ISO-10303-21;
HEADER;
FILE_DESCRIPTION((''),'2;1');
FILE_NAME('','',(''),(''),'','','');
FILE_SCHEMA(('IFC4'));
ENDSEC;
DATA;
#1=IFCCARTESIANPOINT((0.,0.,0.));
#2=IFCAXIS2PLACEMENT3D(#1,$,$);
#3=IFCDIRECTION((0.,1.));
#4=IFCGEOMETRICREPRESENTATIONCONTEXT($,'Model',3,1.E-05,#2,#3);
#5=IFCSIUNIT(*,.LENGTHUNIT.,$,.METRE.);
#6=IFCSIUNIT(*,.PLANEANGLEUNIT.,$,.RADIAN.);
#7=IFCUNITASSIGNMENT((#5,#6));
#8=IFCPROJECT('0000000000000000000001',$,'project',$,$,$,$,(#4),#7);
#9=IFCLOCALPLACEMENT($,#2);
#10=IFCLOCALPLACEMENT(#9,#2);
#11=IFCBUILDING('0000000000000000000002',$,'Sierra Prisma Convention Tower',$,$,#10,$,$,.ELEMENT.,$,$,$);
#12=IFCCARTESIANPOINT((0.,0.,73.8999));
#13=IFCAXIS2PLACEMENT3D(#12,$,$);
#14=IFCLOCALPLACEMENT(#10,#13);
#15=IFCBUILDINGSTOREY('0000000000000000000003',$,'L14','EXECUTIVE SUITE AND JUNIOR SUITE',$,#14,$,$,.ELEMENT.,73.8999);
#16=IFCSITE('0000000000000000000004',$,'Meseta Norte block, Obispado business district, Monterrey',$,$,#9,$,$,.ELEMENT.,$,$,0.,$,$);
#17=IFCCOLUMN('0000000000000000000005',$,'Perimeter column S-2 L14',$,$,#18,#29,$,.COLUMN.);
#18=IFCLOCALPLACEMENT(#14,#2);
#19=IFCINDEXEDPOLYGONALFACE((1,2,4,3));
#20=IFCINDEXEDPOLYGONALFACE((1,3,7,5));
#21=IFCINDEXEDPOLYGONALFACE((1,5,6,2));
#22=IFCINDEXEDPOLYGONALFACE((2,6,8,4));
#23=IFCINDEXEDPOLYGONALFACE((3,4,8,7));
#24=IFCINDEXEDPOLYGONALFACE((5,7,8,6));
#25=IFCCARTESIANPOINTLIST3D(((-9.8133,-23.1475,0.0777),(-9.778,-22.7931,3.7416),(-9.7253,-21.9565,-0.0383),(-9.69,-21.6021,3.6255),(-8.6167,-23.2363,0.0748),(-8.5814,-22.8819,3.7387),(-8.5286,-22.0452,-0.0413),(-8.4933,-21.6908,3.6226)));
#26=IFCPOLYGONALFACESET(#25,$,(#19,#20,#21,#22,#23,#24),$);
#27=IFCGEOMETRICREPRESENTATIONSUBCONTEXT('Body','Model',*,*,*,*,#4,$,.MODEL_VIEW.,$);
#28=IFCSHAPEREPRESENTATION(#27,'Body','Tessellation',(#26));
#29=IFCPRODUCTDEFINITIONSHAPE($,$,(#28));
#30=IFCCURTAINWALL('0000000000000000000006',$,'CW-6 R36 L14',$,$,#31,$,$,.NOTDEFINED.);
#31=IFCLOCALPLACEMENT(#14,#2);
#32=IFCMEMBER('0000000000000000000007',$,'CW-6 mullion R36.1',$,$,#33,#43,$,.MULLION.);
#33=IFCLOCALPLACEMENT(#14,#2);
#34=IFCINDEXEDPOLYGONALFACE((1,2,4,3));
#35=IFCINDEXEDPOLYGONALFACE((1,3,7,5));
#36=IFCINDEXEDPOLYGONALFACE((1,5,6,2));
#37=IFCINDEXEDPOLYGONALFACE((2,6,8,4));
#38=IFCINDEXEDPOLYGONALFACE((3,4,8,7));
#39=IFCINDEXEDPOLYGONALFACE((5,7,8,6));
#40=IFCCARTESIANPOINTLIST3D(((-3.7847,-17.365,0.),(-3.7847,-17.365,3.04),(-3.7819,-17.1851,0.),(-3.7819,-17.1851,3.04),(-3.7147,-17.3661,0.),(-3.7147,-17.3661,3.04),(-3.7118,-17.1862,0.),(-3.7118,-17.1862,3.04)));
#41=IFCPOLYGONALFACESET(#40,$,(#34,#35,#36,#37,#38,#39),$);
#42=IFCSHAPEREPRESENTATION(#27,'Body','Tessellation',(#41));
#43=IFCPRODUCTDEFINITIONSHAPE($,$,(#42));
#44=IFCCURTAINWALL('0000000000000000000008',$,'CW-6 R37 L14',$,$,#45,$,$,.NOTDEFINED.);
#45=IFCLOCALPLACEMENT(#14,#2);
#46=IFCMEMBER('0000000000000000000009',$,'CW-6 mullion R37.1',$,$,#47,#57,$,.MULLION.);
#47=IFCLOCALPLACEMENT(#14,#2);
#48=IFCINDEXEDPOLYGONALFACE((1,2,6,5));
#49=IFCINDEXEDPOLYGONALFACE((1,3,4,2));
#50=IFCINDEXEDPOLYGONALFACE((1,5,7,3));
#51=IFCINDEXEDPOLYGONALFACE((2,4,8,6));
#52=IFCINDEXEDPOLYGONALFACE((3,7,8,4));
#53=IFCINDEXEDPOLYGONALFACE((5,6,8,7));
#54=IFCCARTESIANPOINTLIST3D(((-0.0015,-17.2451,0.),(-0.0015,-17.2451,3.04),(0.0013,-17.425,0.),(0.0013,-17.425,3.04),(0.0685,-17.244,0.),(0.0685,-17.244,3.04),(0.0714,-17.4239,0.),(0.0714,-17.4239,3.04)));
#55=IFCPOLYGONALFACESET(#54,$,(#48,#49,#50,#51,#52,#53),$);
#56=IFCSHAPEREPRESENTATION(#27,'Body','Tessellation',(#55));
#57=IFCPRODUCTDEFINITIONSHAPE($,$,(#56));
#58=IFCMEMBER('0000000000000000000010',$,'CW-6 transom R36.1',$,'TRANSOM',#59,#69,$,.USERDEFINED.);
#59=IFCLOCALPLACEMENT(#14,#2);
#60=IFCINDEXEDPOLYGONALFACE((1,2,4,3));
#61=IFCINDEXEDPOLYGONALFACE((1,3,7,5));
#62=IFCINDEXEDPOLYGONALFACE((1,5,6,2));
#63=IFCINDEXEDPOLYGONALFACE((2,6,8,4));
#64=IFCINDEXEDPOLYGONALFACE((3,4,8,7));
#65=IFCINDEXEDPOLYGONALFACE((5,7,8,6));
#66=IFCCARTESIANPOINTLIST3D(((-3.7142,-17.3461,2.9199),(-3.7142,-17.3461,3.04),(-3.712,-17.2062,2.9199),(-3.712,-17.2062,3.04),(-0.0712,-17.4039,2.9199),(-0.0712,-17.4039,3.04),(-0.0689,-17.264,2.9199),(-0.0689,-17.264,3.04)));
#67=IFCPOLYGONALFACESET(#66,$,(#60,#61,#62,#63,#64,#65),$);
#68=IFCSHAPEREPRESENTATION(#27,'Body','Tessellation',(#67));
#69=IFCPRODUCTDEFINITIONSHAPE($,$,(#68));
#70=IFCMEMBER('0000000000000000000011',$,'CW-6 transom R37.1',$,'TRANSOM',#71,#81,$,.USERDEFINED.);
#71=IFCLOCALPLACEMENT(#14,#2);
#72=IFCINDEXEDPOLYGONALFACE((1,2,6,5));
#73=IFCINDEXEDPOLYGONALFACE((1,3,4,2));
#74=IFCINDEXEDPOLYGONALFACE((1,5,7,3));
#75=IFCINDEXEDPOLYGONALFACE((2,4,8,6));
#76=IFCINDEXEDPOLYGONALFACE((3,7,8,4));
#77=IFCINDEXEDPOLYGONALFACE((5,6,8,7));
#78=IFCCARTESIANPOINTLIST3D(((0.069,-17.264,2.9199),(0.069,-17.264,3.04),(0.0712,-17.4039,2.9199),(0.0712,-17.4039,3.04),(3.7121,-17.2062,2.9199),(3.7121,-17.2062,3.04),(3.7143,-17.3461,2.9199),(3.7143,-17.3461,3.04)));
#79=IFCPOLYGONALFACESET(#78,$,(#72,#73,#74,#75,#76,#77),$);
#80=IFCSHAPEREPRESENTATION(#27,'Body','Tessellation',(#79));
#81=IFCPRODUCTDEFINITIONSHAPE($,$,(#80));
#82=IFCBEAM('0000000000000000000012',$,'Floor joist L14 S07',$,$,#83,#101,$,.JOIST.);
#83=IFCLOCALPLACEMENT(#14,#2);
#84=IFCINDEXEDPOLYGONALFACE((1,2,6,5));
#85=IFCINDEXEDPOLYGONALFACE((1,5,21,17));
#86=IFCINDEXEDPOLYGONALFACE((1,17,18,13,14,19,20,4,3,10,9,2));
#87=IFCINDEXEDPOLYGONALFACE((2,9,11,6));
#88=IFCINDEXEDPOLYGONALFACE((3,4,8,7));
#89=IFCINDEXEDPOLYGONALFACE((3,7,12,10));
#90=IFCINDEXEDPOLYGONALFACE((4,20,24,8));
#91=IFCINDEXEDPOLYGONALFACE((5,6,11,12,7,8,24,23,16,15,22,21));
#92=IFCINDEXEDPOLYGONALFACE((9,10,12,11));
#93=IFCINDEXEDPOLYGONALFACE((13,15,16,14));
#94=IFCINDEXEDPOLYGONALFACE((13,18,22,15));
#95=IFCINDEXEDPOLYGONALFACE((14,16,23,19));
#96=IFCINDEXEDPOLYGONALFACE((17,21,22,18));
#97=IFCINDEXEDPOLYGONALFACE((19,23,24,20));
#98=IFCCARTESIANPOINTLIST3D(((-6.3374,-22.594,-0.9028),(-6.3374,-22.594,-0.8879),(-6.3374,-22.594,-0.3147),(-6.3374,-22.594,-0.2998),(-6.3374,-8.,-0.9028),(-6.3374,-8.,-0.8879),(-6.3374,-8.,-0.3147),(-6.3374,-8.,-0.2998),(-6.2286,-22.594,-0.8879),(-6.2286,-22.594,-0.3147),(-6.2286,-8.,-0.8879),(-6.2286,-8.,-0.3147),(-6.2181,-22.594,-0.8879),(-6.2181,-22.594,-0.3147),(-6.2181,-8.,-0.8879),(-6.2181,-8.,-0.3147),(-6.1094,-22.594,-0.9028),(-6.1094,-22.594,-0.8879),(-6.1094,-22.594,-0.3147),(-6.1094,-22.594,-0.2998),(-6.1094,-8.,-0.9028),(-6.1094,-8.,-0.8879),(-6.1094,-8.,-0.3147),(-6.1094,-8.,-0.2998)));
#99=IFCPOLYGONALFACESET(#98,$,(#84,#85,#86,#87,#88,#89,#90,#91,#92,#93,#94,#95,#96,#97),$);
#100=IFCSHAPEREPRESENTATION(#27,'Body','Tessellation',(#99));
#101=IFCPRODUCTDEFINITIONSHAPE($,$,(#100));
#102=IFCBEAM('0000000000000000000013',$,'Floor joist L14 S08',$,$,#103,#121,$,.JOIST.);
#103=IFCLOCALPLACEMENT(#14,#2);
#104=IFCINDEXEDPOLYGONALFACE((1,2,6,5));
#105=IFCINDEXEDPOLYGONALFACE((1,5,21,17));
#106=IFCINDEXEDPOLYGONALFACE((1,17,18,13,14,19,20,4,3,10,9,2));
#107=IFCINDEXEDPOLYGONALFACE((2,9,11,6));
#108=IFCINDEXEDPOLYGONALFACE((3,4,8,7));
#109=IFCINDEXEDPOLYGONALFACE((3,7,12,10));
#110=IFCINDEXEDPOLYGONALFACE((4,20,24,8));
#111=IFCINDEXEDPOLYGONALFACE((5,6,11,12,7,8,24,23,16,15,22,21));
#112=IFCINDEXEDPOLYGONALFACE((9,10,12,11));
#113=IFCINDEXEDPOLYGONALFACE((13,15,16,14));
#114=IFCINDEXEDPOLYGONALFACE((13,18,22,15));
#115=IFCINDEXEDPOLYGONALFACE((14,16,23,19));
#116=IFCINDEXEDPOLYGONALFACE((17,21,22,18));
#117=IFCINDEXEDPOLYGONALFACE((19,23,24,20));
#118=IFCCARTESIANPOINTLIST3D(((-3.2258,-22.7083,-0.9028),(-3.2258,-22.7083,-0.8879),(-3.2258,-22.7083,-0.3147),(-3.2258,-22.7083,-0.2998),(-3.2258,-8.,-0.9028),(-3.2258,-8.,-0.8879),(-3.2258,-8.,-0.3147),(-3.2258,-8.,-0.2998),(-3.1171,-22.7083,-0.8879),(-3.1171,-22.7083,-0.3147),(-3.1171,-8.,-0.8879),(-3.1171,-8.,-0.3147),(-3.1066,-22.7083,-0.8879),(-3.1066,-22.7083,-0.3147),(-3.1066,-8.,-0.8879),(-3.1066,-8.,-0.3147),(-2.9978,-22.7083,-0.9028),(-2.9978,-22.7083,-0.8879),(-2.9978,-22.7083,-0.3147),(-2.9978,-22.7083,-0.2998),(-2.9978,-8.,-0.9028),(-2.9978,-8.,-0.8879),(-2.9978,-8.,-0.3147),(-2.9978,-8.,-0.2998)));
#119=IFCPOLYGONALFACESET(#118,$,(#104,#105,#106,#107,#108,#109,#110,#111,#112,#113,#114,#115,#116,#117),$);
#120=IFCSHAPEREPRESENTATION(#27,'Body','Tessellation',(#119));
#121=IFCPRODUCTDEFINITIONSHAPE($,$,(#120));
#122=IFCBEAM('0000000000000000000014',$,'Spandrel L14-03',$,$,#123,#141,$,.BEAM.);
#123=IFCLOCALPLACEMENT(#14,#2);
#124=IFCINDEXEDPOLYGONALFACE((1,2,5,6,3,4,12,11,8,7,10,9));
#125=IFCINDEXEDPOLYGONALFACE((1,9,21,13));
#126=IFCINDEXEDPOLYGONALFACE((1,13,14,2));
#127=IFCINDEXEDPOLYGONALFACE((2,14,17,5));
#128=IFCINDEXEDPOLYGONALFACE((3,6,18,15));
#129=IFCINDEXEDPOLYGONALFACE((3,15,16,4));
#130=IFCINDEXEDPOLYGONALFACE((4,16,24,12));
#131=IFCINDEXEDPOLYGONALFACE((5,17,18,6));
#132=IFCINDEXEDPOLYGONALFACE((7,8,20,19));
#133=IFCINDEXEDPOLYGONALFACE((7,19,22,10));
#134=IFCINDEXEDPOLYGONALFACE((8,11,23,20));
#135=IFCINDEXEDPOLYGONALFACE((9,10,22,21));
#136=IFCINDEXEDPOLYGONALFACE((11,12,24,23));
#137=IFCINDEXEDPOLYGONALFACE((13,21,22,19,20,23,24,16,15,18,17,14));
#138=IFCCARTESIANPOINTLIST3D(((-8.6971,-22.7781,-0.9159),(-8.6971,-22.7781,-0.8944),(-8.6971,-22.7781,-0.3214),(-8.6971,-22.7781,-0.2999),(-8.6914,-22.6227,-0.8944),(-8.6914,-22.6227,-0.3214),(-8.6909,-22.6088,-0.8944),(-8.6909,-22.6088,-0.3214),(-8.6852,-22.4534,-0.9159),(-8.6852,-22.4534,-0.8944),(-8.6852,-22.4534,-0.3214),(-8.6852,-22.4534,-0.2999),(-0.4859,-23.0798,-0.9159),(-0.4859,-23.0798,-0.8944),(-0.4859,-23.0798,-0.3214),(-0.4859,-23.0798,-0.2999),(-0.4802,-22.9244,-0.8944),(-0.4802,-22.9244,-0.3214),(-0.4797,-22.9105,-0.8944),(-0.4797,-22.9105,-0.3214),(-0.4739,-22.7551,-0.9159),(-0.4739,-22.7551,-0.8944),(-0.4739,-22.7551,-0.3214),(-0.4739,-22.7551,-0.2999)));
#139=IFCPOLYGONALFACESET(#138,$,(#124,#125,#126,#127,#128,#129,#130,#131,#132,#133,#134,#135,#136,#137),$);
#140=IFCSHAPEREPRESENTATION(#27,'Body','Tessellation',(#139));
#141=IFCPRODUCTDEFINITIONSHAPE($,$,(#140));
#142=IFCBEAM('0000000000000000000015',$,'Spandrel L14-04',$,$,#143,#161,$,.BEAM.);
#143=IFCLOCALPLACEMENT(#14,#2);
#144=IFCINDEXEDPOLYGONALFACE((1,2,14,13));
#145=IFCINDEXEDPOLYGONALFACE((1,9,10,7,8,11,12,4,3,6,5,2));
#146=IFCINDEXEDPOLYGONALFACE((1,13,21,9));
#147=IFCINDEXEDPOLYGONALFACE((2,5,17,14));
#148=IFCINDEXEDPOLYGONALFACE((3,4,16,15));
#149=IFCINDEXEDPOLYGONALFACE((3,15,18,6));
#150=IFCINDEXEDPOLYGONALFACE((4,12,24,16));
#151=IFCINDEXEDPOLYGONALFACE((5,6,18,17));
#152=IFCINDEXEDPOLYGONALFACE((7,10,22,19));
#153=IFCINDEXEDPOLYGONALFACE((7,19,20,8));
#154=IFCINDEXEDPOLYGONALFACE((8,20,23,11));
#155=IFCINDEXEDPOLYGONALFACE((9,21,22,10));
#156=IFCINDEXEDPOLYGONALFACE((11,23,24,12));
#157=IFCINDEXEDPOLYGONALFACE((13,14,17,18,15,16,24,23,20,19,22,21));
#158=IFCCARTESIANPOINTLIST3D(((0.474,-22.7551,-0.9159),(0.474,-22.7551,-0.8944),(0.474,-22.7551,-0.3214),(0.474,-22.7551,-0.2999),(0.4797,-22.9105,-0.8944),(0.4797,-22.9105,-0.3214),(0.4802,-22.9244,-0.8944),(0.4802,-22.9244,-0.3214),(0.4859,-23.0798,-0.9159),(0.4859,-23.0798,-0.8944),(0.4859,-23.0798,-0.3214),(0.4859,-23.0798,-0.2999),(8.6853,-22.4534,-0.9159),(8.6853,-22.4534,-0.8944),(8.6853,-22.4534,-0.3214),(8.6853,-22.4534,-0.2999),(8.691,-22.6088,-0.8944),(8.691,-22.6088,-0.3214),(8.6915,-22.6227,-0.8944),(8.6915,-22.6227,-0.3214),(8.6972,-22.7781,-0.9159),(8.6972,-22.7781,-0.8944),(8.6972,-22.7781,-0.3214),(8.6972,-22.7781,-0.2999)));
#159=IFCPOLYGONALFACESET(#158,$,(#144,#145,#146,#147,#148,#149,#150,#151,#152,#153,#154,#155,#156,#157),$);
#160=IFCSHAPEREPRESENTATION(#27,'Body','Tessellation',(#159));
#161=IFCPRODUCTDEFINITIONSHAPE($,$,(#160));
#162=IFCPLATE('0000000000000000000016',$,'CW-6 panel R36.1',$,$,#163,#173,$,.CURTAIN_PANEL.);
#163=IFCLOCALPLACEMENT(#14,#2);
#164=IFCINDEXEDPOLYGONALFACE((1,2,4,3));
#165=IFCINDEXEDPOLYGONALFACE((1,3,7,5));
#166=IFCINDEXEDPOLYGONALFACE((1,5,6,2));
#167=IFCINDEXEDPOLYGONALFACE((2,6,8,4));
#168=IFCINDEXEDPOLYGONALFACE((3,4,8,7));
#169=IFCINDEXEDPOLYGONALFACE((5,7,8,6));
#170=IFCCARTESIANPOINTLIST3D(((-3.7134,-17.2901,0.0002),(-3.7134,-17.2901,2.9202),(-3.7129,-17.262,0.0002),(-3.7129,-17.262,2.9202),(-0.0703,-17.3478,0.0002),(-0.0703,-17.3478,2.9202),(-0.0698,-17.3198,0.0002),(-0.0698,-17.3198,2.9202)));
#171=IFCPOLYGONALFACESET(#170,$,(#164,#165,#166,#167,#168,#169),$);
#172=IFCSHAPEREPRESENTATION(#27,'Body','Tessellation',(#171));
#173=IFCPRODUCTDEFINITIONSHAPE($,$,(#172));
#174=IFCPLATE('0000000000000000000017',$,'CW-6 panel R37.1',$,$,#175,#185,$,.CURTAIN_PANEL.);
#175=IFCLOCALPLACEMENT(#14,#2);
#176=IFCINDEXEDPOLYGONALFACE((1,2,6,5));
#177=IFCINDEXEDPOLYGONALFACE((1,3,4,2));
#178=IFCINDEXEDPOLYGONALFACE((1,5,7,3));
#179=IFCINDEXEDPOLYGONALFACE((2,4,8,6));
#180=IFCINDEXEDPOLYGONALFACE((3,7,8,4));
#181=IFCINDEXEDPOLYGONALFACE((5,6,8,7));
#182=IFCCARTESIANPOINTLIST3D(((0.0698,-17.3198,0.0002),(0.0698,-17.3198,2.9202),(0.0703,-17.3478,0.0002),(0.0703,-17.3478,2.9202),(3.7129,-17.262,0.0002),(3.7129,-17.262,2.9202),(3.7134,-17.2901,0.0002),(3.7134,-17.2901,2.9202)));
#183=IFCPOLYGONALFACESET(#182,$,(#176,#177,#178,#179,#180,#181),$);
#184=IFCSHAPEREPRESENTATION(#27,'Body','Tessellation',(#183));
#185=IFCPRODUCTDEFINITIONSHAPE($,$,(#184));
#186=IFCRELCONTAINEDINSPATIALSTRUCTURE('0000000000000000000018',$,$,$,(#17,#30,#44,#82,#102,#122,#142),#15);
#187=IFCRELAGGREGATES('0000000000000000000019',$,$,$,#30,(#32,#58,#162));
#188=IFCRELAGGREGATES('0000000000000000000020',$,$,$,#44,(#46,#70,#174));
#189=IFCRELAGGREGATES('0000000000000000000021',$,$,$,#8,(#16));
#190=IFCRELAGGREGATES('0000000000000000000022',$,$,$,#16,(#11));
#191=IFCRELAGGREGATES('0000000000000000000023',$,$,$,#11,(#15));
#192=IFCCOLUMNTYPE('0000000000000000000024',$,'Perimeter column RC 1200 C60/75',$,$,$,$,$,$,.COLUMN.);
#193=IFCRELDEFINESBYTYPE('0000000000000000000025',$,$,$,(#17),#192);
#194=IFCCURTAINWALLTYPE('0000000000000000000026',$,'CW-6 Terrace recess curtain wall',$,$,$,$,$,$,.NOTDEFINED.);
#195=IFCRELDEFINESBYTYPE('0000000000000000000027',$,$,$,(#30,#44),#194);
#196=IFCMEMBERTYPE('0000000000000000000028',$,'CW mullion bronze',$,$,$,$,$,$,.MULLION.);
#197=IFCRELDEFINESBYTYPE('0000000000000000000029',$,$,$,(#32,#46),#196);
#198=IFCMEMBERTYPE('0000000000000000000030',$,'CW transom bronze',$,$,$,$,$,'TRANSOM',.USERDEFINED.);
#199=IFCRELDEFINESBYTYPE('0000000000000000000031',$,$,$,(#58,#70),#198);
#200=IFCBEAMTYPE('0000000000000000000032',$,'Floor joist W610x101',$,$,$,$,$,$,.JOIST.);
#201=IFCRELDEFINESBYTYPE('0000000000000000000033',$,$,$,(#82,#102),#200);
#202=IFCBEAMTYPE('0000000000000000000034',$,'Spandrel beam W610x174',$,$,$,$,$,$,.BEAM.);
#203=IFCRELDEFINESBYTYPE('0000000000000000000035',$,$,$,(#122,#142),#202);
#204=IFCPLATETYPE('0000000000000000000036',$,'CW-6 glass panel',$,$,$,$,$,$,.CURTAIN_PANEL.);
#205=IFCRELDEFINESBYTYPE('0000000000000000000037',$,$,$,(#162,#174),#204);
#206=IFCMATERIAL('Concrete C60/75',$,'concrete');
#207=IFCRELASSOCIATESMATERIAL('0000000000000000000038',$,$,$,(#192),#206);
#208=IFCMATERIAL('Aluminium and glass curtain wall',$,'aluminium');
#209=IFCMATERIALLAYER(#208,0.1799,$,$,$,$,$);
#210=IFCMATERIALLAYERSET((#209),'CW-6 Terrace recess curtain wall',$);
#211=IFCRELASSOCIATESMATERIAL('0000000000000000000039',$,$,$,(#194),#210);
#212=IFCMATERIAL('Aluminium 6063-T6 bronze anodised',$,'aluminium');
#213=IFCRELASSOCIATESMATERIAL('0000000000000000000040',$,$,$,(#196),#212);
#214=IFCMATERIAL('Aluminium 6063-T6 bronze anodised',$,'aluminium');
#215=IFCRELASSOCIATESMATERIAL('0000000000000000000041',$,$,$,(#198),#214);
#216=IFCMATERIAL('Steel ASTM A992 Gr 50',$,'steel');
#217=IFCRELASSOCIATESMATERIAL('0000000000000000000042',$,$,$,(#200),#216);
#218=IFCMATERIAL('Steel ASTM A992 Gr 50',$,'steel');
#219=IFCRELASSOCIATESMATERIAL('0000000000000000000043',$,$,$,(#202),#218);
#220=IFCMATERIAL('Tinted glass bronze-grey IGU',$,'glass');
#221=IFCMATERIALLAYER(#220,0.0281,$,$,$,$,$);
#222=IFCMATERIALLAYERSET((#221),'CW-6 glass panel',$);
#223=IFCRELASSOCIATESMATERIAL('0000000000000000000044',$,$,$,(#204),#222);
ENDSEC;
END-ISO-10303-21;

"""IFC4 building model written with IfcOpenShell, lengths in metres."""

from ifc_helpers import new_model, si_unit, direction, frame, origin, origin_2d, place, context, subcontext, project, spatial, rectangle, i_section, extrude, clip, halfspace, material, layer, layer_set, material_profile, profile_set, type_object, element, aggregate, save


model = new_model("IFC4")

# Units and contexts
model_context = context("Model", 3, precision=1e-05, world=origin(), true_north=direction((0.0, 1.0)))
body_context = subcontext(model_context, "Body", "Model", "MODEL_VIEW")
ifc_project = project(units=[si_unit("LENGTHUNIT", "METRE"), si_unit("PLANEANGLEUNIT", "RADIAN")], contexts=[model_context])

# Site, building, storey
site_placement = place(None, origin())
site = spatial("IfcSite", under=ifc_project, at=site_placement, Name="Meseta Norte block, Obispado business district, Monterrey", CompositionType="ELEMENT", RefElevation=0.0)
building_placement = place(site_placement, origin())
building = spatial("IfcBuilding", under=site, at=building_placement, Name="Sierra Prisma Convention Tower", CompositionType="ELEMENT")
storey_placement = place(building_placement, frame((0.0, 0.0, 73.8999)))
storey = spatial("IfcBuildingStorey", under=building, at=storey_placement, Name="L14", Description="EXECUTIVE SUITE AND JUNIOR SUITE", CompositionType="ELEMENT", Elevation=73.8999)

# Column
ifc_material_1 = material(Name="Concrete C60/75", Category="concrete")
ifc_material_profile_1 = material_profile(ifc_material_1, rectangle(XDim=1.2, YDim=1.2, at=origin_2d()), Name="Perimeter column RC 1200 C60/75")
ifc_profile_set_1 = profile_set([ifc_material_profile_1], Name="Concrete C60/75")
column_type = type_object("IfcColumnType", Name="Perimeter column RC 1200 C60/75", PredefinedType="COLUMN", material=ifc_profile_set_1)
column_1_placement = place(storey_placement, frame((-9.1711, -22.5981, 0.0), z_axis=(0.009588, 0.096274, 0.995309), x_axis=(-0.997257, 0.073971, 0.002452)))
element("IfcColumn", 1, at=column_1_placement, inside=storey, type_object=column_type, Name="Perimeter column S-2 L14", PredefinedType="COLUMN", context=body_context, shape_type="SweptSolid", body=[
    clip(clip(extrude(rectangle(XDim=1.2, YDim=1.2, at=origin_2d()), origin(), (0.0, 0.0, 1.0), 3.7175), halfspace(frame((0.0, 0.0, 0.0183)), True)), halfspace(frame((0.0, 0.0, 3.6995)), False)),
])

# Curtain walls, members
ifc_material_2 = material(Name="Aluminium and glass curtain wall", Category="aluminium")
ifc_layer_1 = layer(ifc_material_2, 0.1799)
ifc_layer_set_1 = layer_set([ifc_layer_1], Name="CW-6 Terrace recess curtain wall")
curtain_wall_type = type_object("IfcCurtainWallType", Name="CW-6 Terrace recess curtain wall", PredefinedType="NOTDEFINED", material=ifc_layer_set_1)
curtain_wall_1_placement = place(storey_placement, origin())
curtain_wall_1 = element("IfcCurtainWall", 2, at=curtain_wall_1_placement, inside=storey, type_object=curtain_wall_type, Name="CW-6 R36 L14", PredefinedType="NOTDEFINED")
ifc_material_3 = material(Name="Aluminium 6063-T6 bronze anodised", Category="aluminium")
ifc_material_profile_2 = material_profile(ifc_material_3, rectangle(XDim=0.1799, YDim=0.0701, at=origin_2d()), Name="ALU MULLION 70x180")
ifc_profile_set_2 = profile_set([ifc_material_profile_2], Name="Aluminium 6063-T6 bronze anodised")
member_type_1 = type_object("IfcMemberType", Name="CW mullion bronze", PredefinedType="MULLION", material=ifc_profile_set_2)
member_1_placement = place(storey_placement, frame((-3.7483, -17.2756, 0.0), z_axis=(0.0, 0.0, 1.0), x_axis=(0.01585, 0.999874, 0.0)))
member_1 = element("IfcMember", 3, at=member_1_placement, type_object=member_type_1, Name="CW-6 mullion R36.1", PredefinedType="MULLION", context=body_context, shape_type="SweptSolid", body=[
    extrude(rectangle(XDim=0.1799, YDim=0.0701, at=origin_2d()), origin(), (0.0, 0.0, 1.0), 3.04),
])
curtain_wall_2_placement = place(storey_placement, origin())
curtain_wall_2 = element("IfcCurtainWall", 4, at=curtain_wall_2_placement, inside=storey, type_object=curtain_wall_type, Name="CW-6 R37 L14", PredefinedType="NOTDEFINED")
member_2_placement = place(storey_placement, frame((0.0349, -17.3345, 0.0), z_axis=(0.0, 0.0, 1.0), x_axis=(-0.01585, 0.999874, 0.0)))
member_2 = element("IfcMember", 5, at=member_2_placement, type_object=member_type_1, Name="CW-6 mullion R37.1", PredefinedType="MULLION", context=body_context, shape_type="SweptSolid", body=[
    extrude(rectangle(XDim=0.1799, YDim=0.0701, at=origin_2d()), origin(), (0.0, 0.0, 1.0), 3.04),
])

# Members
ifc_material_4 = material(Name="Aluminium 6063-T6 bronze anodised", Category="aluminium")
ifc_material_profile_3 = material_profile(ifc_material_4, rectangle(XDim=0.1399, YDim=0.1201, at=origin_2d()), Name="ALU TRANSOM 120x140")
ifc_profile_set_3 = profile_set([ifc_material_profile_3], Name="Aluminium 6063-T6 bronze anodised")
member_type_2 = type_object("IfcMemberType", Name="CW transom bronze", ElementType="TRANSOM", PredefinedType="USERDEFINED", material=ifc_profile_set_3)
member_3_placement = place(storey_placement, frame((-3.7131, -17.2761, 2.98), z_axis=(0.999874, -0.015881, 0.0), x_axis=(0.015881, 0.999874, 0.0)))
member_3 = element("IfcMember", 6, at=member_3_placement, type_object=member_type_2, Name="CW-6 transom R36.1", ObjectType="TRANSOM", PredefinedType="USERDEFINED", context=body_context, shape_type="SweptSolid", body=[
    extrude(rectangle(XDim=0.1399, YDim=0.1201, at=origin_2d()), origin(), (0.0, 0.0, 1.0), 3.6436),
])
member_4_placement = place(storey_placement, frame((0.0701, -17.334, 2.98), z_axis=(0.999874, 0.015881, 0.0), x_axis=(-0.015881, 0.999874, 0.0)))
member_4 = element("IfcMember", 7, at=member_4_placement, type_object=member_type_2, Name="CW-6 transom R37.1", ObjectType="TRANSOM", PredefinedType="USERDEFINED", context=body_context, shape_type="SweptSolid", body=[
    extrude(rectangle(XDim=0.1399, YDim=0.1201, at=origin_2d()), origin(), (0.0, 0.0, 1.0), 3.6436),
])

# Beams
ifc_material_5 = material(Name="Steel ASTM A992 Gr 50", Category="steel")
ifc_material_profile_4 = material_profile(ifc_material_5, i_section(OverallWidth=0.228, OverallDepth=0.603, WebThickness=0.0105, FlangeThickness=0.0149, at=origin_2d()), Name="W610x101")
ifc_profile_set_4 = profile_set([ifc_material_profile_4], Name="Steel ASTM A992 Gr 50")
beam_type_1 = type_object("IfcBeamType", Name="Floor joist W610x101", PredefinedType="JOIST", material=ifc_profile_set_4)
beam_1_placement = place(storey_placement, frame((-6.2234, -22.594, -0.6013), z_axis=(0.0, 1.0, 0.0), x_axis=(-1.0, 0.0, 0.0)))
element("IfcBeam", 8, at=beam_1_placement, inside=storey, type_object=beam_type_1, Name="Floor joist L14 S07", PredefinedType="JOIST", context=body_context, shape_type="SweptSolid", body=[
    extrude(i_section(OverallWidth=0.228, OverallDepth=0.603, WebThickness=0.0105, FlangeThickness=0.0149, at=origin_2d()), origin(), (0.0, 0.0, 1.0), 14.594),
])
beam_2_placement = place(storey_placement, frame((-3.1118, -22.7083, -0.6013), z_axis=(0.0, 1.0, 0.0), x_axis=(-1.0, 0.0, 0.0)))
element("IfcBeam", 9, at=beam_2_placement, inside=storey, type_object=beam_type_1, Name="Floor joist L14 S08", PredefinedType="JOIST", context=body_context, shape_type="SweptSolid", body=[
    extrude(i_section(OverallWidth=0.228, OverallDepth=0.603, WebThickness=0.0105, FlangeThickness=0.0149, at=origin_2d()), origin(), (0.0, 0.0, 1.0), 14.7083),
])
ifc_material_6 = material(Name="Steel ASTM A992 Gr 50", Category="steel")
ifc_material_profile_5 = material_profile(ifc_material_6, i_section(OverallWidth=0.325, OverallDepth=0.616, WebThickness=0.0139, FlangeThickness=0.0215, at=origin_2d()), Name="W610x174")
ifc_profile_set_5 = profile_set([ifc_material_profile_5], Name="Steel ASTM A992 Gr 50")
beam_type_2 = type_object("IfcBeamType", Name="Spandrel beam W610x174", PredefinedType="BEAM", material=ifc_profile_set_5)
for number, where, z_axis, x_axis, name in (
    (10, (-8.6912, -22.6157, -0.6079), (0.999325, -0.036725, 0.0), (0.036725, 0.999325, 0.0), "Spandrel L14-03"),
    (11, (0.48, -22.9175, -0.6079), (0.999325, 0.036725, 0.0), (-0.036725, 0.999325, 0.0), "Spandrel L14-04"),
):
    element("IfcBeam", number, at=place(storey_placement, frame(where, z_axis=z_axis, x_axis=x_axis)), inside=storey, type_object=beam_type_2, Name=name, PredefinedType="BEAM", context=body_context, shape_type="SweptSolid", body=[
        extrude(i_section(OverallWidth=0.325, OverallDepth=0.616, WebThickness=0.0139, FlangeThickness=0.0215, at=origin_2d()), origin(), (0.0, 0.0, 1.0), 8.2168),
    ])

# Plates
ifc_material_7 = material(Name="Tinted glass bronze-grey IGU", Category="glass")
ifc_layer_2 = layer(ifc_material_7, 0.0281)
ifc_layer_set_2 = layer_set([ifc_layer_2], Name="CW-6 glass panel")
plate_type = type_object("IfcPlateType", Name="CW-6 glass panel", PredefinedType="CURTAIN_PANEL", material=ifc_layer_set_2)
plate_1_placement = place(storey_placement, frame((-1.8916, -17.3049, 0.0002), z_axis=(0.0, 0.0, 1.0), x_axis=(0.999874, -0.01585, 0.0)))
plate_1 = element("IfcPlate", 12, at=plate_1_placement, type_object=plate_type, Name="CW-6 panel R36.1", PredefinedType="CURTAIN_PANEL", context=body_context, shape_type="SweptSolid", body=[
    extrude(rectangle(XDim=3.6436, YDim=0.0281, at=origin_2d()), origin(), (0.0, 0.0, 1.0), 2.9199),
])
aggregate(curtain_wall_1, [member_1, member_3, plate_1])
plate_2_placement = place(storey_placement, frame((1.8916, -17.3049, 0.0002), z_axis=(0.0, 0.0, 1.0), x_axis=(0.999874, 0.01585, 0.0)))
plate_2 = element("IfcPlate", 13, at=plate_2_placement, type_object=plate_type, Name="CW-6 panel R37.1", PredefinedType="CURTAIN_PANEL", context=body_context, shape_type="SweptSolid", body=[
    extrude(rectangle(XDim=3.6436, YDim=0.0281, at=origin_2d()), origin(), (0.0, 0.0, 1.0), 2.9199),
])
aggregate(curtain_wall_2, [member_2, member_4, plate_2])

save(model, "model.ifc")
